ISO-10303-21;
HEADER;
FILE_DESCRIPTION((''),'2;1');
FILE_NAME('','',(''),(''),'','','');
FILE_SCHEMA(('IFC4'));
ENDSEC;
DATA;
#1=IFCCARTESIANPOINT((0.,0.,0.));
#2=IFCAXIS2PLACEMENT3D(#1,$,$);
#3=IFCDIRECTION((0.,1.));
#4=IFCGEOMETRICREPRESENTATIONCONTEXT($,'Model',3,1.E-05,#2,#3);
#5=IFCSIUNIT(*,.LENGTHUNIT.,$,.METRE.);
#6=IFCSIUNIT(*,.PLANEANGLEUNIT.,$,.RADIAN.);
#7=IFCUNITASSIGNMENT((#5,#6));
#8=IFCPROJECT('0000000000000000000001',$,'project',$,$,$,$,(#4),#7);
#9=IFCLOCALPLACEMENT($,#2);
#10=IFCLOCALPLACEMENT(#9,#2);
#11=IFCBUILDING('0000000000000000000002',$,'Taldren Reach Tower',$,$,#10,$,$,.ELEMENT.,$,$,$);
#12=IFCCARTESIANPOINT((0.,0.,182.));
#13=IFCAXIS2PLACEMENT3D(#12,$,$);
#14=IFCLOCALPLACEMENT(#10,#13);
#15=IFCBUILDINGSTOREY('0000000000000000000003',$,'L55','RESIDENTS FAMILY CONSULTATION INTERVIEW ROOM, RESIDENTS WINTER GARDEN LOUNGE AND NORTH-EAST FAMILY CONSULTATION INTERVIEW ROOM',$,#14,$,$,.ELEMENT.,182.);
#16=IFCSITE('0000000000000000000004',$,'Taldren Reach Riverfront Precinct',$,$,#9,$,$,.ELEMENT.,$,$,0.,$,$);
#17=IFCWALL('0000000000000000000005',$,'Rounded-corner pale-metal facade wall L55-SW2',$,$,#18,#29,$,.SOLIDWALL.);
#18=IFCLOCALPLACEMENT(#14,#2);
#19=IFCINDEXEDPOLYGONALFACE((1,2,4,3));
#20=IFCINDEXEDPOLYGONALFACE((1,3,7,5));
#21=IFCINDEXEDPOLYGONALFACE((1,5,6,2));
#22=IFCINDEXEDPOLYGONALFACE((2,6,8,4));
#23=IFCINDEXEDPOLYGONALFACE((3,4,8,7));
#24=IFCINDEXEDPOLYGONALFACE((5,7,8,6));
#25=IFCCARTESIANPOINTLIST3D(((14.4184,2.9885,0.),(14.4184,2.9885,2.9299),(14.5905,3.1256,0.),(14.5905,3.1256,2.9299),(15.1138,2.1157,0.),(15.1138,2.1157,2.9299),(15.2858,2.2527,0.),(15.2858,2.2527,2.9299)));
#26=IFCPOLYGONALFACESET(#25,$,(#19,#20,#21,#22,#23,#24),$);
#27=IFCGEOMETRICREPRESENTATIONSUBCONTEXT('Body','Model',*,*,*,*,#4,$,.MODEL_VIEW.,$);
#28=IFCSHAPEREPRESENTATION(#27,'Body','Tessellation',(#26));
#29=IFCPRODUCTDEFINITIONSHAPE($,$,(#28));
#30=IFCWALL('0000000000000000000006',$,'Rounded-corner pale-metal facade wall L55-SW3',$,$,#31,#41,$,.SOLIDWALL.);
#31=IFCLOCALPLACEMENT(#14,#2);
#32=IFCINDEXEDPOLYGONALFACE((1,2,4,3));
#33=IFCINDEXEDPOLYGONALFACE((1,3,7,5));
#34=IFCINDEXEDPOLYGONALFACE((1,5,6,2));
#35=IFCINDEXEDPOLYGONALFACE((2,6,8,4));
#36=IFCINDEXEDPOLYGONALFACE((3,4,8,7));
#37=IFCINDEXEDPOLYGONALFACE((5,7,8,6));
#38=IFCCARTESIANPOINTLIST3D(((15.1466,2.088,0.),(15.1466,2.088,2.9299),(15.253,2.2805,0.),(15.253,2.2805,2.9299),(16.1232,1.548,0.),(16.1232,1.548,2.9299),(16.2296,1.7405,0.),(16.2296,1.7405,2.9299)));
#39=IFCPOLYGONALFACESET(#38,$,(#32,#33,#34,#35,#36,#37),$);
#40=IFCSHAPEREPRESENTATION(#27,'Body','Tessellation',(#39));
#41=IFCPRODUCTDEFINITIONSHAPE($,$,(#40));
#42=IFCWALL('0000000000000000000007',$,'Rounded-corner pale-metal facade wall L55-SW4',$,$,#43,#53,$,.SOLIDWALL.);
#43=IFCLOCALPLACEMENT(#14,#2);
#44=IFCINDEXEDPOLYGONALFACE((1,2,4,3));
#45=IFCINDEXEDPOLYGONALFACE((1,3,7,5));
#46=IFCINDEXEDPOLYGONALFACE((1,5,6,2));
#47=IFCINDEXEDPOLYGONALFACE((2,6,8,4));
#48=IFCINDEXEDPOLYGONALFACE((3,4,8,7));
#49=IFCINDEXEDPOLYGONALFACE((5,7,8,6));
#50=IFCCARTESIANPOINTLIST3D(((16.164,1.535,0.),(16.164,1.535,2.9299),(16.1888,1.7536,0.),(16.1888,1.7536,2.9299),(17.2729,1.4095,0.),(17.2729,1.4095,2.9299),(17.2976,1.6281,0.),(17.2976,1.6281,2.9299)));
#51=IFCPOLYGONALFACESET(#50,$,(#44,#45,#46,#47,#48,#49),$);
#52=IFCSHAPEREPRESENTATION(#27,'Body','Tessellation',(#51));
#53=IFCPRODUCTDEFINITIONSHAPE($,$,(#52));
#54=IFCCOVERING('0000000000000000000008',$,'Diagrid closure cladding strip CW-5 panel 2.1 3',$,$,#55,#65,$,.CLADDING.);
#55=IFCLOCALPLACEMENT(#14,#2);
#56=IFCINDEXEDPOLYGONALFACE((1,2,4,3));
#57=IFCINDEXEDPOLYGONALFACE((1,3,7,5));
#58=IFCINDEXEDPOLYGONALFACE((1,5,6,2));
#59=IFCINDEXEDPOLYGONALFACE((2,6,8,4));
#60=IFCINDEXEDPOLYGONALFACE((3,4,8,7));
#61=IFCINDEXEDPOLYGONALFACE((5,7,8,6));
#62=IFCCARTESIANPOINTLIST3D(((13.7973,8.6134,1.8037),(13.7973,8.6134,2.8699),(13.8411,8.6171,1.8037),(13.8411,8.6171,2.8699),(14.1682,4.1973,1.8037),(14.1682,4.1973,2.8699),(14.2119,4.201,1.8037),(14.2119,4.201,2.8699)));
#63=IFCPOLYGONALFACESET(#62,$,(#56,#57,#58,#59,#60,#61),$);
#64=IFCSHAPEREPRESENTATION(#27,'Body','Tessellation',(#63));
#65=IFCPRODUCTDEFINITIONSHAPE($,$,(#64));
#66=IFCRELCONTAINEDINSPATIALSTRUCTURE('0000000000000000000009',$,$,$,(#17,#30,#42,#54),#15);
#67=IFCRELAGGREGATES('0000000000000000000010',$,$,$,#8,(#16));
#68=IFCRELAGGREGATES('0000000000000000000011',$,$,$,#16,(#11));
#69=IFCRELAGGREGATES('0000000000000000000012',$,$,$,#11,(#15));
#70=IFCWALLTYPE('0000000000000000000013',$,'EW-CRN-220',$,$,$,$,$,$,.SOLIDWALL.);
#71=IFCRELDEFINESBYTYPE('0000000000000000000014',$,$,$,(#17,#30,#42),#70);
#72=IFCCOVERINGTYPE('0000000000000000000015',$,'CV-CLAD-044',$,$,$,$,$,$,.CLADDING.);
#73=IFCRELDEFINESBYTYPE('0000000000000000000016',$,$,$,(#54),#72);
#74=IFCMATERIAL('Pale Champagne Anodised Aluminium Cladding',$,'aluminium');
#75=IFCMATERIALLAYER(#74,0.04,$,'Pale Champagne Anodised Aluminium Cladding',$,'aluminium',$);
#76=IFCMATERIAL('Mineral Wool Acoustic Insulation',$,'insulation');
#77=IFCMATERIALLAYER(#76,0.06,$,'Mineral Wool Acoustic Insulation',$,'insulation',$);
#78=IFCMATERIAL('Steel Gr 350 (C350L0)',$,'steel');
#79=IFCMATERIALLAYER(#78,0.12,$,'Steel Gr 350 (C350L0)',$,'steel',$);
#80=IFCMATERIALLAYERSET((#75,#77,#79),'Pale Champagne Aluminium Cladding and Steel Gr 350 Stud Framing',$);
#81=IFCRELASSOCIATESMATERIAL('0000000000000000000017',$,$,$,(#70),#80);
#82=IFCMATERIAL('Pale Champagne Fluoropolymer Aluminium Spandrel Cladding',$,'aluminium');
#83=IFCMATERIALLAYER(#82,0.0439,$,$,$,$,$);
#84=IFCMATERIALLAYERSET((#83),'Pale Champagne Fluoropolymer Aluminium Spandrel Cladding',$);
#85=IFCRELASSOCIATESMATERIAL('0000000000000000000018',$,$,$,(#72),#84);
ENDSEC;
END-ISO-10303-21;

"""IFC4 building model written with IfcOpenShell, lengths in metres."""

from ifc_helpers import new_model, si_unit, direction, frame, frame_2d, origin, origin_2d, place, context, subcontext, project, spatial, rectangle, extrude, source, transform, mapped, material, layer, layer_set, type_object, element, save


model = new_model("IFC4")

# Units and contexts
model_context = context("Model", 3, precision=1e-05, world=origin(), true_north=direction((0.0, 1.0)))
body_context = subcontext(model_context, "Body", "Model", "MODEL_VIEW")
ifc_project = project(units=[si_unit("LENGTHUNIT", "METRE"), si_unit("PLANEANGLEUNIT", "RADIAN")], contexts=[model_context])

# Site, building, storey
site_placement = place(None, origin())
site = spatial("IfcSite", under=ifc_project, at=site_placement, Name="Taldren Reach Riverfront Precinct", CompositionType="ELEMENT", RefElevation=0.0)
building_placement = place(site_placement, origin())
building = spatial("IfcBuilding", under=site, at=building_placement, Name="Taldren Reach Tower", CompositionType="ELEMENT")
storey_placement = place(building_placement, frame((0.0, 0.0, 182.0)))
storey = spatial("IfcBuildingStorey", under=building, at=storey_placement, Name="L55", Description="RESIDENTS FAMILY CONSULTATION INTERVIEW ROOM, RESIDENTS WINTER GARDEN LOUNGE AND NORTH-EAST FAMILY CONSULTATION INTERVIEW ROOM", CompositionType="ELEMENT", Elevation=182.0)

# Shared definitions
ifc_material_1 = material(Name="Steel Gr 350 (C350L0)", Category="steel")

# Walls
ifc_material_2 = material(Name="Pale Champagne Anodised Aluminium Cladding", Category="aluminium")
ifc_layer_1 = layer(ifc_material_2, 0.04, Name="Pale Champagne Anodised Aluminium Cladding", Category="aluminium")
ifc_material_3 = material(Name="Mineral Wool Acoustic Insulation", Category="insulation")
ifc_layer_2 = layer(ifc_material_3, 0.06, Name="Mineral Wool Acoustic Insulation", Category="insulation")
ifc_layer_3 = layer(ifc_material_1, 0.12, Name="Steel Gr 350 (C350L0)", Category="steel")
ifc_layer_set_1 = layer_set([ifc_layer_1, ifc_layer_2, ifc_layer_3], Name="Pale Champagne Aluminium Cladding and Steel Gr 350 Stud Framing")
wall_type = type_object("IfcWallType", Name="EW-CRN-220", PredefinedType="SOLIDWALL", material=ifc_layer_set_1)
shared_shape_1 = source(origin(), body_context, "Body", "SweptSolid", [
    extrude(rectangle(XDim=1.116, YDim=0.22, at=frame_2d((0.5581, 0.0))), origin(), (0.0, 0.0, 1.0), 2.9299),
])
for number, where, z_axis, x_axis, name in (
    (1, (14.5044, 3.0571, 0.0), (0.0, 0.0, 1.0), (0.623093, -0.782148, 0.0), "Rounded-corner pale-metal facade wall L55-SW2"),
    (2, (15.1997, 2.1843, 0.0), (0.0, 0.0, 1.0), (0.875105, -0.483933, 0.0), "Rounded-corner pale-metal facade wall L55-SW3"),
    (3, (16.1763, 1.6443, 0.0), (0.0, 0.0, 1.0), (0.993658, -0.112448, 0.0), "Rounded-corner pale-metal facade wall L55-SW4"),
):
    element("IfcWall", number, at=place(storey_placement, frame(where, z_axis=z_axis, x_axis=x_axis)), inside=storey, type_object=wall_type, Name=name, PredefinedType="SOLIDWALL", context=body_context, shape_type="MappedRepresentation", body=[
        mapped(shared_shape_1, transform((0.0, 0.0, 0.0), scale=1.0)),
    ])

# Covering
ifc_material_4 = material(Name="Pale Champagne Fluoropolymer Aluminium Spandrel Cladding", Category="aluminium")
ifc_layer_4 = layer(ifc_material_4, 0.0439)
ifc_layer_set_2 = layer_set([ifc_layer_4], Name="Pale Champagne Fluoropolymer Aluminium Spandrel Cladding")
covering_type = type_object("IfcCoveringType", Name="CV-CLAD-044", PredefinedType="CLADDING", material=ifc_layer_set_2)
shared_shape_2 = source(origin(), body_context, "Body", "SweptSolid", [
    extrude(rectangle(XDim=4.4316, YDim=0.0439, at=origin_2d()), origin(), (0.0, 0.0, 1.0), 1.0662),
])
covering_placement = place(storey_placement, frame((14.0046, 6.4072, 1.8037), z_axis=(0.0, 0.0, 1.0), x_axis=(0.083678, -0.996493, 0.0)))
element("IfcCovering", 4, at=covering_placement, inside=storey, type_object=covering_type, Name="Diagrid closure cladding strip CW-5 panel 2.1 3", PredefinedType="CLADDING", context=body_context, shape_type="MappedRepresentation", body=[
    mapped(shared_shape_2, transform((0.0, 0.0, 0.0), scale=1.0)),
])

save(model, "model.ifc")
